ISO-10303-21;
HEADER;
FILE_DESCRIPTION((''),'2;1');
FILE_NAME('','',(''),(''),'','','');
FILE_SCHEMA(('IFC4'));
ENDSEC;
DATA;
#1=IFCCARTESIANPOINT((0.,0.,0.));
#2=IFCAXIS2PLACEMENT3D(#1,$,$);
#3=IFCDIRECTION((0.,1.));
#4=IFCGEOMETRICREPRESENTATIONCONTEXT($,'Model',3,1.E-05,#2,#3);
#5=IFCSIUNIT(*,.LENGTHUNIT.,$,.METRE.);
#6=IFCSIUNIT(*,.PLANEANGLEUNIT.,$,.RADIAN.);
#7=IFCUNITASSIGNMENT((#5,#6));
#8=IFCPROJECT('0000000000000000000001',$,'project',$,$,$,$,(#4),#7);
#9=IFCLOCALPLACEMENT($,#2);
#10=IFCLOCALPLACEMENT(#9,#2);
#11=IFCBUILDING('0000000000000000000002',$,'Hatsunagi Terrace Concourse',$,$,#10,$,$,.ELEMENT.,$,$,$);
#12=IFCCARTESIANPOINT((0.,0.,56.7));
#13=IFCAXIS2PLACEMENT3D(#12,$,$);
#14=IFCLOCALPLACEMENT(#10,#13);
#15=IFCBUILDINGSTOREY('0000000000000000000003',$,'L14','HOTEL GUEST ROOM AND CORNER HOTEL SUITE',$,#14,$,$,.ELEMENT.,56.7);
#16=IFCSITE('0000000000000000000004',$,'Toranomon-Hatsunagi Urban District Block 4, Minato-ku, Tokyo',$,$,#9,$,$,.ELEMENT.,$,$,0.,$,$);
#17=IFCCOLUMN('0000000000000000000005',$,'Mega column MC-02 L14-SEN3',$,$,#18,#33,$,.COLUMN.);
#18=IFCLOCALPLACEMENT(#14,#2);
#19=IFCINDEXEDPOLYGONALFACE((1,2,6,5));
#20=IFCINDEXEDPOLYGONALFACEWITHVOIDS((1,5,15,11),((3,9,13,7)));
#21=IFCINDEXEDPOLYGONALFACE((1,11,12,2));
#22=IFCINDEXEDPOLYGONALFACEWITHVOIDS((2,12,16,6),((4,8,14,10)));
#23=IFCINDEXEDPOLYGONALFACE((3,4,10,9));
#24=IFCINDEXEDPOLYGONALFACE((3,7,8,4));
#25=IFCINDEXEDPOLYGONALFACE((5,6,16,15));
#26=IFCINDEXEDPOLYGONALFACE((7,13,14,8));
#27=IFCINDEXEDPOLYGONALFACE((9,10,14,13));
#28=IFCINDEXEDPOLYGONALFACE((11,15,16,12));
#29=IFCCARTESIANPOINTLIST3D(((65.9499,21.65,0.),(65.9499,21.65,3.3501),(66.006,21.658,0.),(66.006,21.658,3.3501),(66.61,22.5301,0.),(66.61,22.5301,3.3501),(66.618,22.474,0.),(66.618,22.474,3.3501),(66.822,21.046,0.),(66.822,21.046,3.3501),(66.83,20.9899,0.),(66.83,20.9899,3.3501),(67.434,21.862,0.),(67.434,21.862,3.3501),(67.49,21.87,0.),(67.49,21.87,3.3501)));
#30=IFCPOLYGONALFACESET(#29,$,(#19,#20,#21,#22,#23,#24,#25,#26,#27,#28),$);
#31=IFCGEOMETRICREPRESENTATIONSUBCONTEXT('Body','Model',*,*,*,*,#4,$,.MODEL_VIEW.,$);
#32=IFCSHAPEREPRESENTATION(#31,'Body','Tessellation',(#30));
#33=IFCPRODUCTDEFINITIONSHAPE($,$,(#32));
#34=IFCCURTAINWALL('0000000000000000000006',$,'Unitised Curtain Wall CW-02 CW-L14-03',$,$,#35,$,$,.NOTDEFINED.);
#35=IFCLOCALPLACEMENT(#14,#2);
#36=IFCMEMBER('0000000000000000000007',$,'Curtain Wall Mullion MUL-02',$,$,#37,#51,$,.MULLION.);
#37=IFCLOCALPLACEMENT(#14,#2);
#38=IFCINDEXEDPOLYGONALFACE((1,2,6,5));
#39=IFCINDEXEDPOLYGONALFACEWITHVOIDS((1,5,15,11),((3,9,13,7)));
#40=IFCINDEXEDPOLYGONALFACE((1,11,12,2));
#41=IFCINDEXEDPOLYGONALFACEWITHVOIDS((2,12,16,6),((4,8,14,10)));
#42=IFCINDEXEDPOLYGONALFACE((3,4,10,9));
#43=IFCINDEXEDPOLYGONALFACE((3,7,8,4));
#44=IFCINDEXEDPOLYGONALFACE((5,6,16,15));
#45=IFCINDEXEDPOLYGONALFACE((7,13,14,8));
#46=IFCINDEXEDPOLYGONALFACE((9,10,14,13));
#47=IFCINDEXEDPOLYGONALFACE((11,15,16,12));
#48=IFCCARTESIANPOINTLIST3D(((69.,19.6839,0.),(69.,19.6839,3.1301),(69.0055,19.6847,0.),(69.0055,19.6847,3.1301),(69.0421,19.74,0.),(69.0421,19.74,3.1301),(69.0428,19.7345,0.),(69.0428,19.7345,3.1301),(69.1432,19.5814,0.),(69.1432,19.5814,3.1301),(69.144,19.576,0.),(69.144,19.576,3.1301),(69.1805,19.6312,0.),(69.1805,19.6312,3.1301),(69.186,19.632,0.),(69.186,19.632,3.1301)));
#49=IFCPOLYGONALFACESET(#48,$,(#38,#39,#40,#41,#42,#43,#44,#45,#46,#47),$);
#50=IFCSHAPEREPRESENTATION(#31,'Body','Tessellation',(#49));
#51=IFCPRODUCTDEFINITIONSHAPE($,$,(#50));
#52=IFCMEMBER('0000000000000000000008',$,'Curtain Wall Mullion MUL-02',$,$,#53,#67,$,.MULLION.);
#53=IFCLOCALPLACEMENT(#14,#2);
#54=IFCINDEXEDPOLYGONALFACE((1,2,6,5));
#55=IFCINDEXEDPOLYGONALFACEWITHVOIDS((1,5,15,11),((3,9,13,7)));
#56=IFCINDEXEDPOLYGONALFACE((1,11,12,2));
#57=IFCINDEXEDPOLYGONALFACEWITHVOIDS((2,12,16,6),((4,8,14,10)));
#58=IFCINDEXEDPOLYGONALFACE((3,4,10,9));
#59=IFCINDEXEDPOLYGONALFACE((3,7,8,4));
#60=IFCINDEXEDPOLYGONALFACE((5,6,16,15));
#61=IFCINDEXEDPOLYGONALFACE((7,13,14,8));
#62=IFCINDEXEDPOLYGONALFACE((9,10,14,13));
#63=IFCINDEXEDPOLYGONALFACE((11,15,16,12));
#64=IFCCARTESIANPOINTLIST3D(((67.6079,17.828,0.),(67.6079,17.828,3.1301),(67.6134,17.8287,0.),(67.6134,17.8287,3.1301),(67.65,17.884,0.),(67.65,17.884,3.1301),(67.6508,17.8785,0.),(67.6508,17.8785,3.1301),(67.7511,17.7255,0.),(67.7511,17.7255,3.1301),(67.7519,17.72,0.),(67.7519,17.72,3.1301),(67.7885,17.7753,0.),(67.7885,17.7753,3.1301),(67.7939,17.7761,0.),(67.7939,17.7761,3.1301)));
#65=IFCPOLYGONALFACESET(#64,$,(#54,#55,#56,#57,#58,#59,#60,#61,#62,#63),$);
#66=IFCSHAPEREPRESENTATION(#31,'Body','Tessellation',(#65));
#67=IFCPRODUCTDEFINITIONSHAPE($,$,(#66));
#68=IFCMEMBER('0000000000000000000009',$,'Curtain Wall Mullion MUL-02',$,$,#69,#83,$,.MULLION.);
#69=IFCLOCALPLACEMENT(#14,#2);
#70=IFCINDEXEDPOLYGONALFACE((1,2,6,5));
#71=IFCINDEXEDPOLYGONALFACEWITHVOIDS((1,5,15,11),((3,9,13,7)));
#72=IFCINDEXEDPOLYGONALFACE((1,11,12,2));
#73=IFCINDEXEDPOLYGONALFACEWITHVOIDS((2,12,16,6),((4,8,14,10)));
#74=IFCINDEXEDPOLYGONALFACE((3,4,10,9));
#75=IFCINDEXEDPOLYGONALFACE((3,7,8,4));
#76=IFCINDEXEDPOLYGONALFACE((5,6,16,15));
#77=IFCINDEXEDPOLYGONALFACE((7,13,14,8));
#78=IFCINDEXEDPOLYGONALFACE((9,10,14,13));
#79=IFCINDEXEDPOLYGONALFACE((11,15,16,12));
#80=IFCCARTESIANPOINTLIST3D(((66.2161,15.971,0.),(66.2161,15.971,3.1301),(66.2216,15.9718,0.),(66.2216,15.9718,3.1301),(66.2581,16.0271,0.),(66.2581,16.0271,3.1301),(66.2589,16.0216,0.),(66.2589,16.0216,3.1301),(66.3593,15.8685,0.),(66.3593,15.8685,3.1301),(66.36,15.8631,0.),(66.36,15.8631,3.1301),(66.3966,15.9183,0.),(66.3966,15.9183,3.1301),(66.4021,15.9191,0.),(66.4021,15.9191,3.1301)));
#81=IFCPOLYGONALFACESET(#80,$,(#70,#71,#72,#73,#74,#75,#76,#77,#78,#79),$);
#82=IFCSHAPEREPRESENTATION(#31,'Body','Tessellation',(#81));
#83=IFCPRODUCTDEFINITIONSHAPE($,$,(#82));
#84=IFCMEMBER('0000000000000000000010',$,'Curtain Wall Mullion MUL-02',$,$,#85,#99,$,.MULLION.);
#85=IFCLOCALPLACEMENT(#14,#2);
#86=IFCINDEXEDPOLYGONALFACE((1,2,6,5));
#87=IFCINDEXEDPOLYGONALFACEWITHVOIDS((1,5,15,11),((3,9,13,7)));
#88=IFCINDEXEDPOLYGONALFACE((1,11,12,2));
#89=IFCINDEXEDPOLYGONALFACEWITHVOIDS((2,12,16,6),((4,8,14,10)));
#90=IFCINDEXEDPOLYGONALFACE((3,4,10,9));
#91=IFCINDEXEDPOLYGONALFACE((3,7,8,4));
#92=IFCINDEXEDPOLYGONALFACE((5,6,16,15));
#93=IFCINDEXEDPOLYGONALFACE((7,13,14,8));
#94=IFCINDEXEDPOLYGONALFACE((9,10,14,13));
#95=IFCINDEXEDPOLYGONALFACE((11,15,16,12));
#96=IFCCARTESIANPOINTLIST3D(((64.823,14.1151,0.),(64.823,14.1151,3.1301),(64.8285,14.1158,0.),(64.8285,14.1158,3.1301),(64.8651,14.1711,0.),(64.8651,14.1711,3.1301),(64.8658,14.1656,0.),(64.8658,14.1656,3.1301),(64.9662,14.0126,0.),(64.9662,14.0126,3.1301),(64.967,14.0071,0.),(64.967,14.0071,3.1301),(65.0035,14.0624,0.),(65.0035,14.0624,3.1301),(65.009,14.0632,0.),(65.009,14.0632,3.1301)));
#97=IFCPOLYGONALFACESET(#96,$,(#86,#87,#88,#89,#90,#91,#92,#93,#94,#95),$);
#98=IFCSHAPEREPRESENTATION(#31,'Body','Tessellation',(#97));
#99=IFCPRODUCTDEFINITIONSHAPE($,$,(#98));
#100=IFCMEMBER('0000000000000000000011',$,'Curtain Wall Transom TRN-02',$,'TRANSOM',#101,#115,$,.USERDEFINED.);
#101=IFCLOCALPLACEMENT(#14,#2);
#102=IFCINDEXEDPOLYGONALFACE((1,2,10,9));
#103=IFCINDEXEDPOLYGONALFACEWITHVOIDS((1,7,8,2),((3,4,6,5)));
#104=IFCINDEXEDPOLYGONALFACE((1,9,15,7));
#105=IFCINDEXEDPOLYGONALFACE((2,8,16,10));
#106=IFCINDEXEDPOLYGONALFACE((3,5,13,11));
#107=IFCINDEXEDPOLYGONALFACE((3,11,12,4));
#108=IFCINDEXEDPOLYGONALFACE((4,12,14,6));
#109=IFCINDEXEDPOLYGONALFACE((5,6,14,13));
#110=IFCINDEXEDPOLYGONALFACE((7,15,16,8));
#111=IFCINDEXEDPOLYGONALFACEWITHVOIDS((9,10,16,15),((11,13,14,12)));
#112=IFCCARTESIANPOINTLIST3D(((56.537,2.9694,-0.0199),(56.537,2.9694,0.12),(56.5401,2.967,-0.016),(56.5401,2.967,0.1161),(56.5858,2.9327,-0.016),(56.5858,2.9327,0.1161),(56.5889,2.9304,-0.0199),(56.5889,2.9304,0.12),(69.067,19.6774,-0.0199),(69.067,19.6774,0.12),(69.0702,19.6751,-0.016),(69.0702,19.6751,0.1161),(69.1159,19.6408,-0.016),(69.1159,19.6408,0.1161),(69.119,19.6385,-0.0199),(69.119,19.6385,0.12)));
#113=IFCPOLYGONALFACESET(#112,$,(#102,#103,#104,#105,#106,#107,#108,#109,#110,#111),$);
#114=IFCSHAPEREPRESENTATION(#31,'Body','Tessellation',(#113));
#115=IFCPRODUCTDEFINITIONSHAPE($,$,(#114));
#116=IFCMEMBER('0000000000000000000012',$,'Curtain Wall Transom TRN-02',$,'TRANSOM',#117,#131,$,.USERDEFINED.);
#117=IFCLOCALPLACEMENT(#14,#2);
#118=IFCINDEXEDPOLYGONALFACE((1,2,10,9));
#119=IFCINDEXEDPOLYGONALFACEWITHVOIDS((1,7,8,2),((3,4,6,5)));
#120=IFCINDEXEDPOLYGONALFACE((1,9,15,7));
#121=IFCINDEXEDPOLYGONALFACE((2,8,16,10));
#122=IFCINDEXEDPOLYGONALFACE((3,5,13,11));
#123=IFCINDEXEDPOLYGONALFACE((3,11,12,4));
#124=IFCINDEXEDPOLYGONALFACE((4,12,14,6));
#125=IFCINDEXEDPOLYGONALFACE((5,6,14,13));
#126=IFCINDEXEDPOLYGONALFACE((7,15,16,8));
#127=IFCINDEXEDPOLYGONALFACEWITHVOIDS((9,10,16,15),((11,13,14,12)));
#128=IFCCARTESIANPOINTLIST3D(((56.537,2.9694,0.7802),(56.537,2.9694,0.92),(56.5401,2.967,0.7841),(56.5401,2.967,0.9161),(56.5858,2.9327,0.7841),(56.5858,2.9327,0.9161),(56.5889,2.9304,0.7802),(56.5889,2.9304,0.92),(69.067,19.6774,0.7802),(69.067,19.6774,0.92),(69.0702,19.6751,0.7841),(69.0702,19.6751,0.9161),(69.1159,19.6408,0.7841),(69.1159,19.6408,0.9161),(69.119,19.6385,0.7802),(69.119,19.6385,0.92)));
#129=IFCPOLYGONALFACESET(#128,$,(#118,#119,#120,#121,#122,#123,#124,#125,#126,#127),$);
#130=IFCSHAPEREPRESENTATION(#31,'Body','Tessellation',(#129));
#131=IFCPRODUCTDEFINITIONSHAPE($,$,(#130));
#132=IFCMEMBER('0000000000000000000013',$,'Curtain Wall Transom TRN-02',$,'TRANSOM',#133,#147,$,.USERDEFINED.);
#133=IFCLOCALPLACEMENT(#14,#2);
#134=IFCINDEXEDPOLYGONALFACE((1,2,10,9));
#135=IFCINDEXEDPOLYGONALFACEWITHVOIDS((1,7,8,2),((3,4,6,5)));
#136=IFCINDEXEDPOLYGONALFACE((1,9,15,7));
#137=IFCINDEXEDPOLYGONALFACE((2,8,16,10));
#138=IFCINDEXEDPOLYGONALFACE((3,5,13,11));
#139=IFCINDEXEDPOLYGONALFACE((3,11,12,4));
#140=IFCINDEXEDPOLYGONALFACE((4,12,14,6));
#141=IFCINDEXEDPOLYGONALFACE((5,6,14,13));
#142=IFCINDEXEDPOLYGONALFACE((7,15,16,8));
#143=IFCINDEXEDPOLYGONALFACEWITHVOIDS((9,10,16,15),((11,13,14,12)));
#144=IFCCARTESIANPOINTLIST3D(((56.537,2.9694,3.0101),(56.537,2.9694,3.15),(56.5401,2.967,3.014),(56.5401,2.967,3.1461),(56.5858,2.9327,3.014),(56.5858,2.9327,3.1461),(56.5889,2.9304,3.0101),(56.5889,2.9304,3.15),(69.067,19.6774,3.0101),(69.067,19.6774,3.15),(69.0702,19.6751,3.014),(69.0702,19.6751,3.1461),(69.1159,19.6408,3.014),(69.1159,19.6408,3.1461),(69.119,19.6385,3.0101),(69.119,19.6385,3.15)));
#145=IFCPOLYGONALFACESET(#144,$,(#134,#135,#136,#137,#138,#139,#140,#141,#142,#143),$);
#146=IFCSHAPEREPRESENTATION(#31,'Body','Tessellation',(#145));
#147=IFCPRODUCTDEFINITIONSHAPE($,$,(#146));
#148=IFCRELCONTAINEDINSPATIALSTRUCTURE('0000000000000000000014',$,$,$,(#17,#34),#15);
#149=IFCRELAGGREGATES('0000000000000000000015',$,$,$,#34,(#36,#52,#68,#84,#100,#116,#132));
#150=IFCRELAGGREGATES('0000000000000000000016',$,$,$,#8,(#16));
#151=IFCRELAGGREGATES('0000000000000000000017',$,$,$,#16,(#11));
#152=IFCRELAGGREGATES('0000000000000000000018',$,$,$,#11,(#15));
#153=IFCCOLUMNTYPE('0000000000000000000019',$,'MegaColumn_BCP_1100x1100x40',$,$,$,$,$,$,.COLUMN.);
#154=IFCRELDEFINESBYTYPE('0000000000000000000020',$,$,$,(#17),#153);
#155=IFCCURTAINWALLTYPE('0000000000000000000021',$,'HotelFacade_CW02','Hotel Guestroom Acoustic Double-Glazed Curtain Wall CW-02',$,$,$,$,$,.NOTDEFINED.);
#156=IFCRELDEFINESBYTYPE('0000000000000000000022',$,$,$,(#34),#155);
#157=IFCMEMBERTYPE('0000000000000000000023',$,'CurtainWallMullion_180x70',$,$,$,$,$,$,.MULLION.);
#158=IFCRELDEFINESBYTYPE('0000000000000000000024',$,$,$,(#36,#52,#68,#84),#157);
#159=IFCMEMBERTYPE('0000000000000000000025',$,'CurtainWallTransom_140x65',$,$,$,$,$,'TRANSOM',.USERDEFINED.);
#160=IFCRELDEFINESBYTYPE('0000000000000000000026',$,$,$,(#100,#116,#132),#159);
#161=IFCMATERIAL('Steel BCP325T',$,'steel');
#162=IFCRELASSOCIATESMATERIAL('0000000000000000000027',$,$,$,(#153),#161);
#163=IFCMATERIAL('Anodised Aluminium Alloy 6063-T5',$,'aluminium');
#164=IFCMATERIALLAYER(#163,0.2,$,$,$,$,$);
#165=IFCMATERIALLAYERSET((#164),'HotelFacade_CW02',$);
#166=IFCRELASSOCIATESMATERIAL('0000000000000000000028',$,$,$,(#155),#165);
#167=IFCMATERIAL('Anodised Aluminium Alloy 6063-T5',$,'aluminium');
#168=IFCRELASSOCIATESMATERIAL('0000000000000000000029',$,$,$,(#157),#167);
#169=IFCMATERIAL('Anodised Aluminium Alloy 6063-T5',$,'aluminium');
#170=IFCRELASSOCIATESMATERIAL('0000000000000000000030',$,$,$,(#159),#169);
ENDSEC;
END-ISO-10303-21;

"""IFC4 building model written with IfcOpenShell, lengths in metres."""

from ifc_helpers import new_model, si_unit, direction, frame, origin, origin_2d, place, context, subcontext, project, spatial, hollow_rectangle, extrude, material, layer, layer_set, material_profile, profile_set, type_object, element, aggregate, save


model = new_model("IFC4")

# Units and contexts
model_context = context("Model", 3, precision=1e-05, world=origin(), true_north=direction((0.0, 1.0)))
body_context = subcontext(model_context, "Body", "Model", "MODEL_VIEW")
ifc_project = project(units=[si_unit("LENGTHUNIT", "METRE"), si_unit("PLANEANGLEUNIT", "RADIAN")], contexts=[model_context])

# Site, building, storey
site_placement = place(None, origin())
site = spatial("IfcSite", under=ifc_project, at=site_placement, Name="Toranomon-Hatsunagi Urban District Block 4, Minato-ku, Tokyo", CompositionType="ELEMENT", RefElevation=0.0)
building_placement = place(site_placement, origin())
building = spatial("IfcBuilding", under=site, at=building_placement, Name="Hatsunagi Terrace Concourse", CompositionType="ELEMENT")
storey_placement = place(building_placement, frame((0.0, 0.0, 56.7)))
storey = spatial("IfcBuildingStorey", under=building, at=storey_placement, Name="L14", Description="HOTEL GUEST ROOM AND CORNER HOTEL SUITE", CompositionType="ELEMENT", Elevation=56.7)

# Column
ifc_material_1 = material(Name="Steel BCP325T", Category="steel")
ifc_material_profile_1 = material_profile(ifc_material_1, hollow_rectangle(XDim=1.1001, YDim=1.1001, WallThickness=0.04, at=origin_2d()), Name="BCP-1100x1100x40")
ifc_profile_set_1 = profile_set([ifc_material_profile_1], Name="Steel BCP325T")
column_type = type_object("IfcColumnType", Name="MegaColumn_BCP_1100x1100x40", PredefinedType="COLUMN", material=ifc_profile_set_1)
column_placement = place(storey_placement, frame((66.72, 21.76, 0.0), z_axis=(0.0, 0.0, 1.0), x_axis=(0.8, -0.6, 0.0)))
element("IfcColumn", 1, at=column_placement, inside=storey, type_object=column_type, Name="Mega column MC-02 L14-SEN3", PredefinedType="COLUMN", context=body_context, shape_type="SweptSolid", body=[
    extrude(hollow_rectangle(XDim=1.1001, YDim=1.1001, WallThickness=0.04, at=origin_2d()), origin(), (0.0, 0.0, 1.0), 3.3501),
])

# Curtain wall, members
ifc_material_2 = material(Name="Anodised Aluminium Alloy 6063-T5", Category="aluminium")
ifc_layer_1 = layer(ifc_material_2, 0.2)
ifc_layer_set_1 = layer_set([ifc_layer_1], Name="HotelFacade_CW02")
curtain_wall_type = type_object("IfcCurtainWallType", Name="HotelFacade_CW02", Description="Hotel Guestroom Acoustic Double-Glazed Curtain Wall CW-02", PredefinedType="NOTDEFINED", material=ifc_layer_set_1)
curtain_wall_placement = place(storey_placement, origin())
curtain_wall = element("IfcCurtainWall", 2, at=curtain_wall_placement, inside=storey, type_object=curtain_wall_type, Name="Unitised Curtain Wall CW-02 CW-L14-03", PredefinedType="NOTDEFINED")
ifc_material_3 = material(Name="Anodised Aluminium Alloy 6063-T5", Category="aluminium")
ifc_material_profile_2 = material_profile(ifc_material_3, hollow_rectangle(XDim=0.0701, YDim=0.1799, WallThickness=0.0039, at=origin_2d()), Name="ALU-MUL-180x70x4")
ifc_profile_set_2 = profile_set([ifc_material_profile_2], Name="Anodised Aluminium Alloy 6063-T5")
member_type_1 = type_object("IfcMemberType", Name="CurtainWallMullion_180x70", PredefinedType="MULLION", material=ifc_profile_set_2)
member_1_placement = place(storey_placement, frame((69.093, 19.658, 0.0), z_axis=(0.0, 0.0, 1.0), x_axis=(-0.599969, -0.800023, 0.0)))
member_1 = element("IfcMember", 3, at=member_1_placement, type_object=member_type_1, Name="Curtain Wall Mullion MUL-02", PredefinedType="MULLION", context=body_context, shape_type="SweptSolid", body=[
    extrude(hollow_rectangle(XDim=0.0701, YDim=0.1799, WallThickness=0.0039, at=origin_2d()), origin(), (0.0, 0.0, 1.0), 3.1301),
])
member_2_placement = place(storey_placement, frame((67.7009, 17.802, 0.0), z_axis=(0.0, 0.0, 1.0), x_axis=(-0.599969, -0.800023, 0.0)))
member_2 = element("IfcMember", 4, at=member_2_placement, type_object=member_type_1, Name="Curtain Wall Mullion MUL-02", PredefinedType="MULLION", context=body_context, shape_type="SweptSolid", body=[
    extrude(hollow_rectangle(XDim=0.0701, YDim=0.1799, WallThickness=0.0039, at=origin_2d()), origin(), (0.0, 0.0, 1.0), 3.1301),
])
member_3_placement = place(storey_placement, frame((66.3091, 15.9451, 0.0), z_axis=(0.0, 0.0, 1.0), x_axis=(-0.599969, -0.800023, 0.0)))
member_3 = element("IfcMember", 5, at=member_3_placement, type_object=member_type_1, Name="Curtain Wall Mullion MUL-02", PredefinedType="MULLION", context=body_context, shape_type="SweptSolid", body=[
    extrude(hollow_rectangle(XDim=0.0701, YDim=0.1799, WallThickness=0.0039, at=origin_2d()), origin(), (0.0, 0.0, 1.0), 3.1301),
])
member_4_placement = place(storey_placement, frame((64.916, 14.0891, 0.0), z_axis=(0.0, 0.0, 1.0), x_axis=(-0.599969, -0.800023, 0.0)))
member_4 = element("IfcMember", 6, at=member_4_placement, type_object=member_type_1, Name="Curtain Wall Mullion MUL-02", PredefinedType="MULLION", context=body_context, shape_type="SweptSolid", body=[
    extrude(hollow_rectangle(XDim=0.0701, YDim=0.1799, WallThickness=0.0039, at=origin_2d()), origin(), (0.0, 0.0, 1.0), 3.1301),
])
ifc_material_4 = material(Name="Anodised Aluminium Alloy 6063-T5", Category="aluminium")
ifc_material_profile_3 = material_profile(ifc_material_4, hollow_rectangle(XDim=0.0649, YDim=0.1399, WallThickness=0.0039, at=origin_2d()), Name="ALU-TRN-140x65x4")
ifc_profile_set_3 = profile_set([ifc_material_profile_3], Name="Anodised Aluminium Alloy 6063-T5")
member_type_2 = type_object("IfcMemberType", Name="CurtainWallTransom_140x65", ElementType="TRANSOM", PredefinedType="USERDEFINED", material=ifc_profile_set_3)
member_5_placement = place(storey_placement, frame((69.093, 19.658, 0.05), z_axis=(-0.59997, -0.800022, 0.0), x_axis=(0.800022, -0.59997, 0.0)))
member_5 = element("IfcMember", 7, at=member_5_placement, type_object=member_type_2, Name="Curtain Wall Transom TRN-02", ObjectType="TRANSOM", PredefinedType="USERDEFINED", context=body_context, shape_type="SweptSolid", body=[
    extrude(hollow_rectangle(XDim=0.0649, YDim=0.1399, WallThickness=0.0039, at=origin_2d()), origin(), (0.0, 0.0, 1.0), 20.8845),
])
member_6_placement = place(storey_placement, frame((69.093, 19.658, 0.8501), z_axis=(-0.59997, -0.800022, 0.0), x_axis=(0.800022, -0.59997, 0.0)))
member_6 = element("IfcMember", 8, at=member_6_placement, type_object=member_type_2, Name="Curtain Wall Transom TRN-02", ObjectType="TRANSOM", PredefinedType="USERDEFINED", context=body_context, shape_type="SweptSolid", body=[
    extrude(hollow_rectangle(XDim=0.0649, YDim=0.1399, WallThickness=0.0039, at=origin_2d()), origin(), (0.0, 0.0, 1.0), 20.8845),
])
member_7_placement = place(storey_placement, frame((69.093, 19.658, 3.0801), z_axis=(-0.59997, -0.800022, 0.0), x_axis=(0.800022, -0.59997, 0.0)))
member_7 = element("IfcMember", 9, at=member_7_placement, type_object=member_type_2, Name="Curtain Wall Transom TRN-02", ObjectType="TRANSOM", PredefinedType="USERDEFINED", context=body_context, shape_type="SweptSolid", body=[
    extrude(hollow_rectangle(XDim=0.0649, YDim=0.1399, WallThickness=0.0039, at=origin_2d()), origin(), (0.0, 0.0, 1.0), 20.8845),
])

aggregate(curtain_wall, [member_1, member_2, member_3, member_4, member_5, member_6, member_7])

save(model, "model.ifc")
